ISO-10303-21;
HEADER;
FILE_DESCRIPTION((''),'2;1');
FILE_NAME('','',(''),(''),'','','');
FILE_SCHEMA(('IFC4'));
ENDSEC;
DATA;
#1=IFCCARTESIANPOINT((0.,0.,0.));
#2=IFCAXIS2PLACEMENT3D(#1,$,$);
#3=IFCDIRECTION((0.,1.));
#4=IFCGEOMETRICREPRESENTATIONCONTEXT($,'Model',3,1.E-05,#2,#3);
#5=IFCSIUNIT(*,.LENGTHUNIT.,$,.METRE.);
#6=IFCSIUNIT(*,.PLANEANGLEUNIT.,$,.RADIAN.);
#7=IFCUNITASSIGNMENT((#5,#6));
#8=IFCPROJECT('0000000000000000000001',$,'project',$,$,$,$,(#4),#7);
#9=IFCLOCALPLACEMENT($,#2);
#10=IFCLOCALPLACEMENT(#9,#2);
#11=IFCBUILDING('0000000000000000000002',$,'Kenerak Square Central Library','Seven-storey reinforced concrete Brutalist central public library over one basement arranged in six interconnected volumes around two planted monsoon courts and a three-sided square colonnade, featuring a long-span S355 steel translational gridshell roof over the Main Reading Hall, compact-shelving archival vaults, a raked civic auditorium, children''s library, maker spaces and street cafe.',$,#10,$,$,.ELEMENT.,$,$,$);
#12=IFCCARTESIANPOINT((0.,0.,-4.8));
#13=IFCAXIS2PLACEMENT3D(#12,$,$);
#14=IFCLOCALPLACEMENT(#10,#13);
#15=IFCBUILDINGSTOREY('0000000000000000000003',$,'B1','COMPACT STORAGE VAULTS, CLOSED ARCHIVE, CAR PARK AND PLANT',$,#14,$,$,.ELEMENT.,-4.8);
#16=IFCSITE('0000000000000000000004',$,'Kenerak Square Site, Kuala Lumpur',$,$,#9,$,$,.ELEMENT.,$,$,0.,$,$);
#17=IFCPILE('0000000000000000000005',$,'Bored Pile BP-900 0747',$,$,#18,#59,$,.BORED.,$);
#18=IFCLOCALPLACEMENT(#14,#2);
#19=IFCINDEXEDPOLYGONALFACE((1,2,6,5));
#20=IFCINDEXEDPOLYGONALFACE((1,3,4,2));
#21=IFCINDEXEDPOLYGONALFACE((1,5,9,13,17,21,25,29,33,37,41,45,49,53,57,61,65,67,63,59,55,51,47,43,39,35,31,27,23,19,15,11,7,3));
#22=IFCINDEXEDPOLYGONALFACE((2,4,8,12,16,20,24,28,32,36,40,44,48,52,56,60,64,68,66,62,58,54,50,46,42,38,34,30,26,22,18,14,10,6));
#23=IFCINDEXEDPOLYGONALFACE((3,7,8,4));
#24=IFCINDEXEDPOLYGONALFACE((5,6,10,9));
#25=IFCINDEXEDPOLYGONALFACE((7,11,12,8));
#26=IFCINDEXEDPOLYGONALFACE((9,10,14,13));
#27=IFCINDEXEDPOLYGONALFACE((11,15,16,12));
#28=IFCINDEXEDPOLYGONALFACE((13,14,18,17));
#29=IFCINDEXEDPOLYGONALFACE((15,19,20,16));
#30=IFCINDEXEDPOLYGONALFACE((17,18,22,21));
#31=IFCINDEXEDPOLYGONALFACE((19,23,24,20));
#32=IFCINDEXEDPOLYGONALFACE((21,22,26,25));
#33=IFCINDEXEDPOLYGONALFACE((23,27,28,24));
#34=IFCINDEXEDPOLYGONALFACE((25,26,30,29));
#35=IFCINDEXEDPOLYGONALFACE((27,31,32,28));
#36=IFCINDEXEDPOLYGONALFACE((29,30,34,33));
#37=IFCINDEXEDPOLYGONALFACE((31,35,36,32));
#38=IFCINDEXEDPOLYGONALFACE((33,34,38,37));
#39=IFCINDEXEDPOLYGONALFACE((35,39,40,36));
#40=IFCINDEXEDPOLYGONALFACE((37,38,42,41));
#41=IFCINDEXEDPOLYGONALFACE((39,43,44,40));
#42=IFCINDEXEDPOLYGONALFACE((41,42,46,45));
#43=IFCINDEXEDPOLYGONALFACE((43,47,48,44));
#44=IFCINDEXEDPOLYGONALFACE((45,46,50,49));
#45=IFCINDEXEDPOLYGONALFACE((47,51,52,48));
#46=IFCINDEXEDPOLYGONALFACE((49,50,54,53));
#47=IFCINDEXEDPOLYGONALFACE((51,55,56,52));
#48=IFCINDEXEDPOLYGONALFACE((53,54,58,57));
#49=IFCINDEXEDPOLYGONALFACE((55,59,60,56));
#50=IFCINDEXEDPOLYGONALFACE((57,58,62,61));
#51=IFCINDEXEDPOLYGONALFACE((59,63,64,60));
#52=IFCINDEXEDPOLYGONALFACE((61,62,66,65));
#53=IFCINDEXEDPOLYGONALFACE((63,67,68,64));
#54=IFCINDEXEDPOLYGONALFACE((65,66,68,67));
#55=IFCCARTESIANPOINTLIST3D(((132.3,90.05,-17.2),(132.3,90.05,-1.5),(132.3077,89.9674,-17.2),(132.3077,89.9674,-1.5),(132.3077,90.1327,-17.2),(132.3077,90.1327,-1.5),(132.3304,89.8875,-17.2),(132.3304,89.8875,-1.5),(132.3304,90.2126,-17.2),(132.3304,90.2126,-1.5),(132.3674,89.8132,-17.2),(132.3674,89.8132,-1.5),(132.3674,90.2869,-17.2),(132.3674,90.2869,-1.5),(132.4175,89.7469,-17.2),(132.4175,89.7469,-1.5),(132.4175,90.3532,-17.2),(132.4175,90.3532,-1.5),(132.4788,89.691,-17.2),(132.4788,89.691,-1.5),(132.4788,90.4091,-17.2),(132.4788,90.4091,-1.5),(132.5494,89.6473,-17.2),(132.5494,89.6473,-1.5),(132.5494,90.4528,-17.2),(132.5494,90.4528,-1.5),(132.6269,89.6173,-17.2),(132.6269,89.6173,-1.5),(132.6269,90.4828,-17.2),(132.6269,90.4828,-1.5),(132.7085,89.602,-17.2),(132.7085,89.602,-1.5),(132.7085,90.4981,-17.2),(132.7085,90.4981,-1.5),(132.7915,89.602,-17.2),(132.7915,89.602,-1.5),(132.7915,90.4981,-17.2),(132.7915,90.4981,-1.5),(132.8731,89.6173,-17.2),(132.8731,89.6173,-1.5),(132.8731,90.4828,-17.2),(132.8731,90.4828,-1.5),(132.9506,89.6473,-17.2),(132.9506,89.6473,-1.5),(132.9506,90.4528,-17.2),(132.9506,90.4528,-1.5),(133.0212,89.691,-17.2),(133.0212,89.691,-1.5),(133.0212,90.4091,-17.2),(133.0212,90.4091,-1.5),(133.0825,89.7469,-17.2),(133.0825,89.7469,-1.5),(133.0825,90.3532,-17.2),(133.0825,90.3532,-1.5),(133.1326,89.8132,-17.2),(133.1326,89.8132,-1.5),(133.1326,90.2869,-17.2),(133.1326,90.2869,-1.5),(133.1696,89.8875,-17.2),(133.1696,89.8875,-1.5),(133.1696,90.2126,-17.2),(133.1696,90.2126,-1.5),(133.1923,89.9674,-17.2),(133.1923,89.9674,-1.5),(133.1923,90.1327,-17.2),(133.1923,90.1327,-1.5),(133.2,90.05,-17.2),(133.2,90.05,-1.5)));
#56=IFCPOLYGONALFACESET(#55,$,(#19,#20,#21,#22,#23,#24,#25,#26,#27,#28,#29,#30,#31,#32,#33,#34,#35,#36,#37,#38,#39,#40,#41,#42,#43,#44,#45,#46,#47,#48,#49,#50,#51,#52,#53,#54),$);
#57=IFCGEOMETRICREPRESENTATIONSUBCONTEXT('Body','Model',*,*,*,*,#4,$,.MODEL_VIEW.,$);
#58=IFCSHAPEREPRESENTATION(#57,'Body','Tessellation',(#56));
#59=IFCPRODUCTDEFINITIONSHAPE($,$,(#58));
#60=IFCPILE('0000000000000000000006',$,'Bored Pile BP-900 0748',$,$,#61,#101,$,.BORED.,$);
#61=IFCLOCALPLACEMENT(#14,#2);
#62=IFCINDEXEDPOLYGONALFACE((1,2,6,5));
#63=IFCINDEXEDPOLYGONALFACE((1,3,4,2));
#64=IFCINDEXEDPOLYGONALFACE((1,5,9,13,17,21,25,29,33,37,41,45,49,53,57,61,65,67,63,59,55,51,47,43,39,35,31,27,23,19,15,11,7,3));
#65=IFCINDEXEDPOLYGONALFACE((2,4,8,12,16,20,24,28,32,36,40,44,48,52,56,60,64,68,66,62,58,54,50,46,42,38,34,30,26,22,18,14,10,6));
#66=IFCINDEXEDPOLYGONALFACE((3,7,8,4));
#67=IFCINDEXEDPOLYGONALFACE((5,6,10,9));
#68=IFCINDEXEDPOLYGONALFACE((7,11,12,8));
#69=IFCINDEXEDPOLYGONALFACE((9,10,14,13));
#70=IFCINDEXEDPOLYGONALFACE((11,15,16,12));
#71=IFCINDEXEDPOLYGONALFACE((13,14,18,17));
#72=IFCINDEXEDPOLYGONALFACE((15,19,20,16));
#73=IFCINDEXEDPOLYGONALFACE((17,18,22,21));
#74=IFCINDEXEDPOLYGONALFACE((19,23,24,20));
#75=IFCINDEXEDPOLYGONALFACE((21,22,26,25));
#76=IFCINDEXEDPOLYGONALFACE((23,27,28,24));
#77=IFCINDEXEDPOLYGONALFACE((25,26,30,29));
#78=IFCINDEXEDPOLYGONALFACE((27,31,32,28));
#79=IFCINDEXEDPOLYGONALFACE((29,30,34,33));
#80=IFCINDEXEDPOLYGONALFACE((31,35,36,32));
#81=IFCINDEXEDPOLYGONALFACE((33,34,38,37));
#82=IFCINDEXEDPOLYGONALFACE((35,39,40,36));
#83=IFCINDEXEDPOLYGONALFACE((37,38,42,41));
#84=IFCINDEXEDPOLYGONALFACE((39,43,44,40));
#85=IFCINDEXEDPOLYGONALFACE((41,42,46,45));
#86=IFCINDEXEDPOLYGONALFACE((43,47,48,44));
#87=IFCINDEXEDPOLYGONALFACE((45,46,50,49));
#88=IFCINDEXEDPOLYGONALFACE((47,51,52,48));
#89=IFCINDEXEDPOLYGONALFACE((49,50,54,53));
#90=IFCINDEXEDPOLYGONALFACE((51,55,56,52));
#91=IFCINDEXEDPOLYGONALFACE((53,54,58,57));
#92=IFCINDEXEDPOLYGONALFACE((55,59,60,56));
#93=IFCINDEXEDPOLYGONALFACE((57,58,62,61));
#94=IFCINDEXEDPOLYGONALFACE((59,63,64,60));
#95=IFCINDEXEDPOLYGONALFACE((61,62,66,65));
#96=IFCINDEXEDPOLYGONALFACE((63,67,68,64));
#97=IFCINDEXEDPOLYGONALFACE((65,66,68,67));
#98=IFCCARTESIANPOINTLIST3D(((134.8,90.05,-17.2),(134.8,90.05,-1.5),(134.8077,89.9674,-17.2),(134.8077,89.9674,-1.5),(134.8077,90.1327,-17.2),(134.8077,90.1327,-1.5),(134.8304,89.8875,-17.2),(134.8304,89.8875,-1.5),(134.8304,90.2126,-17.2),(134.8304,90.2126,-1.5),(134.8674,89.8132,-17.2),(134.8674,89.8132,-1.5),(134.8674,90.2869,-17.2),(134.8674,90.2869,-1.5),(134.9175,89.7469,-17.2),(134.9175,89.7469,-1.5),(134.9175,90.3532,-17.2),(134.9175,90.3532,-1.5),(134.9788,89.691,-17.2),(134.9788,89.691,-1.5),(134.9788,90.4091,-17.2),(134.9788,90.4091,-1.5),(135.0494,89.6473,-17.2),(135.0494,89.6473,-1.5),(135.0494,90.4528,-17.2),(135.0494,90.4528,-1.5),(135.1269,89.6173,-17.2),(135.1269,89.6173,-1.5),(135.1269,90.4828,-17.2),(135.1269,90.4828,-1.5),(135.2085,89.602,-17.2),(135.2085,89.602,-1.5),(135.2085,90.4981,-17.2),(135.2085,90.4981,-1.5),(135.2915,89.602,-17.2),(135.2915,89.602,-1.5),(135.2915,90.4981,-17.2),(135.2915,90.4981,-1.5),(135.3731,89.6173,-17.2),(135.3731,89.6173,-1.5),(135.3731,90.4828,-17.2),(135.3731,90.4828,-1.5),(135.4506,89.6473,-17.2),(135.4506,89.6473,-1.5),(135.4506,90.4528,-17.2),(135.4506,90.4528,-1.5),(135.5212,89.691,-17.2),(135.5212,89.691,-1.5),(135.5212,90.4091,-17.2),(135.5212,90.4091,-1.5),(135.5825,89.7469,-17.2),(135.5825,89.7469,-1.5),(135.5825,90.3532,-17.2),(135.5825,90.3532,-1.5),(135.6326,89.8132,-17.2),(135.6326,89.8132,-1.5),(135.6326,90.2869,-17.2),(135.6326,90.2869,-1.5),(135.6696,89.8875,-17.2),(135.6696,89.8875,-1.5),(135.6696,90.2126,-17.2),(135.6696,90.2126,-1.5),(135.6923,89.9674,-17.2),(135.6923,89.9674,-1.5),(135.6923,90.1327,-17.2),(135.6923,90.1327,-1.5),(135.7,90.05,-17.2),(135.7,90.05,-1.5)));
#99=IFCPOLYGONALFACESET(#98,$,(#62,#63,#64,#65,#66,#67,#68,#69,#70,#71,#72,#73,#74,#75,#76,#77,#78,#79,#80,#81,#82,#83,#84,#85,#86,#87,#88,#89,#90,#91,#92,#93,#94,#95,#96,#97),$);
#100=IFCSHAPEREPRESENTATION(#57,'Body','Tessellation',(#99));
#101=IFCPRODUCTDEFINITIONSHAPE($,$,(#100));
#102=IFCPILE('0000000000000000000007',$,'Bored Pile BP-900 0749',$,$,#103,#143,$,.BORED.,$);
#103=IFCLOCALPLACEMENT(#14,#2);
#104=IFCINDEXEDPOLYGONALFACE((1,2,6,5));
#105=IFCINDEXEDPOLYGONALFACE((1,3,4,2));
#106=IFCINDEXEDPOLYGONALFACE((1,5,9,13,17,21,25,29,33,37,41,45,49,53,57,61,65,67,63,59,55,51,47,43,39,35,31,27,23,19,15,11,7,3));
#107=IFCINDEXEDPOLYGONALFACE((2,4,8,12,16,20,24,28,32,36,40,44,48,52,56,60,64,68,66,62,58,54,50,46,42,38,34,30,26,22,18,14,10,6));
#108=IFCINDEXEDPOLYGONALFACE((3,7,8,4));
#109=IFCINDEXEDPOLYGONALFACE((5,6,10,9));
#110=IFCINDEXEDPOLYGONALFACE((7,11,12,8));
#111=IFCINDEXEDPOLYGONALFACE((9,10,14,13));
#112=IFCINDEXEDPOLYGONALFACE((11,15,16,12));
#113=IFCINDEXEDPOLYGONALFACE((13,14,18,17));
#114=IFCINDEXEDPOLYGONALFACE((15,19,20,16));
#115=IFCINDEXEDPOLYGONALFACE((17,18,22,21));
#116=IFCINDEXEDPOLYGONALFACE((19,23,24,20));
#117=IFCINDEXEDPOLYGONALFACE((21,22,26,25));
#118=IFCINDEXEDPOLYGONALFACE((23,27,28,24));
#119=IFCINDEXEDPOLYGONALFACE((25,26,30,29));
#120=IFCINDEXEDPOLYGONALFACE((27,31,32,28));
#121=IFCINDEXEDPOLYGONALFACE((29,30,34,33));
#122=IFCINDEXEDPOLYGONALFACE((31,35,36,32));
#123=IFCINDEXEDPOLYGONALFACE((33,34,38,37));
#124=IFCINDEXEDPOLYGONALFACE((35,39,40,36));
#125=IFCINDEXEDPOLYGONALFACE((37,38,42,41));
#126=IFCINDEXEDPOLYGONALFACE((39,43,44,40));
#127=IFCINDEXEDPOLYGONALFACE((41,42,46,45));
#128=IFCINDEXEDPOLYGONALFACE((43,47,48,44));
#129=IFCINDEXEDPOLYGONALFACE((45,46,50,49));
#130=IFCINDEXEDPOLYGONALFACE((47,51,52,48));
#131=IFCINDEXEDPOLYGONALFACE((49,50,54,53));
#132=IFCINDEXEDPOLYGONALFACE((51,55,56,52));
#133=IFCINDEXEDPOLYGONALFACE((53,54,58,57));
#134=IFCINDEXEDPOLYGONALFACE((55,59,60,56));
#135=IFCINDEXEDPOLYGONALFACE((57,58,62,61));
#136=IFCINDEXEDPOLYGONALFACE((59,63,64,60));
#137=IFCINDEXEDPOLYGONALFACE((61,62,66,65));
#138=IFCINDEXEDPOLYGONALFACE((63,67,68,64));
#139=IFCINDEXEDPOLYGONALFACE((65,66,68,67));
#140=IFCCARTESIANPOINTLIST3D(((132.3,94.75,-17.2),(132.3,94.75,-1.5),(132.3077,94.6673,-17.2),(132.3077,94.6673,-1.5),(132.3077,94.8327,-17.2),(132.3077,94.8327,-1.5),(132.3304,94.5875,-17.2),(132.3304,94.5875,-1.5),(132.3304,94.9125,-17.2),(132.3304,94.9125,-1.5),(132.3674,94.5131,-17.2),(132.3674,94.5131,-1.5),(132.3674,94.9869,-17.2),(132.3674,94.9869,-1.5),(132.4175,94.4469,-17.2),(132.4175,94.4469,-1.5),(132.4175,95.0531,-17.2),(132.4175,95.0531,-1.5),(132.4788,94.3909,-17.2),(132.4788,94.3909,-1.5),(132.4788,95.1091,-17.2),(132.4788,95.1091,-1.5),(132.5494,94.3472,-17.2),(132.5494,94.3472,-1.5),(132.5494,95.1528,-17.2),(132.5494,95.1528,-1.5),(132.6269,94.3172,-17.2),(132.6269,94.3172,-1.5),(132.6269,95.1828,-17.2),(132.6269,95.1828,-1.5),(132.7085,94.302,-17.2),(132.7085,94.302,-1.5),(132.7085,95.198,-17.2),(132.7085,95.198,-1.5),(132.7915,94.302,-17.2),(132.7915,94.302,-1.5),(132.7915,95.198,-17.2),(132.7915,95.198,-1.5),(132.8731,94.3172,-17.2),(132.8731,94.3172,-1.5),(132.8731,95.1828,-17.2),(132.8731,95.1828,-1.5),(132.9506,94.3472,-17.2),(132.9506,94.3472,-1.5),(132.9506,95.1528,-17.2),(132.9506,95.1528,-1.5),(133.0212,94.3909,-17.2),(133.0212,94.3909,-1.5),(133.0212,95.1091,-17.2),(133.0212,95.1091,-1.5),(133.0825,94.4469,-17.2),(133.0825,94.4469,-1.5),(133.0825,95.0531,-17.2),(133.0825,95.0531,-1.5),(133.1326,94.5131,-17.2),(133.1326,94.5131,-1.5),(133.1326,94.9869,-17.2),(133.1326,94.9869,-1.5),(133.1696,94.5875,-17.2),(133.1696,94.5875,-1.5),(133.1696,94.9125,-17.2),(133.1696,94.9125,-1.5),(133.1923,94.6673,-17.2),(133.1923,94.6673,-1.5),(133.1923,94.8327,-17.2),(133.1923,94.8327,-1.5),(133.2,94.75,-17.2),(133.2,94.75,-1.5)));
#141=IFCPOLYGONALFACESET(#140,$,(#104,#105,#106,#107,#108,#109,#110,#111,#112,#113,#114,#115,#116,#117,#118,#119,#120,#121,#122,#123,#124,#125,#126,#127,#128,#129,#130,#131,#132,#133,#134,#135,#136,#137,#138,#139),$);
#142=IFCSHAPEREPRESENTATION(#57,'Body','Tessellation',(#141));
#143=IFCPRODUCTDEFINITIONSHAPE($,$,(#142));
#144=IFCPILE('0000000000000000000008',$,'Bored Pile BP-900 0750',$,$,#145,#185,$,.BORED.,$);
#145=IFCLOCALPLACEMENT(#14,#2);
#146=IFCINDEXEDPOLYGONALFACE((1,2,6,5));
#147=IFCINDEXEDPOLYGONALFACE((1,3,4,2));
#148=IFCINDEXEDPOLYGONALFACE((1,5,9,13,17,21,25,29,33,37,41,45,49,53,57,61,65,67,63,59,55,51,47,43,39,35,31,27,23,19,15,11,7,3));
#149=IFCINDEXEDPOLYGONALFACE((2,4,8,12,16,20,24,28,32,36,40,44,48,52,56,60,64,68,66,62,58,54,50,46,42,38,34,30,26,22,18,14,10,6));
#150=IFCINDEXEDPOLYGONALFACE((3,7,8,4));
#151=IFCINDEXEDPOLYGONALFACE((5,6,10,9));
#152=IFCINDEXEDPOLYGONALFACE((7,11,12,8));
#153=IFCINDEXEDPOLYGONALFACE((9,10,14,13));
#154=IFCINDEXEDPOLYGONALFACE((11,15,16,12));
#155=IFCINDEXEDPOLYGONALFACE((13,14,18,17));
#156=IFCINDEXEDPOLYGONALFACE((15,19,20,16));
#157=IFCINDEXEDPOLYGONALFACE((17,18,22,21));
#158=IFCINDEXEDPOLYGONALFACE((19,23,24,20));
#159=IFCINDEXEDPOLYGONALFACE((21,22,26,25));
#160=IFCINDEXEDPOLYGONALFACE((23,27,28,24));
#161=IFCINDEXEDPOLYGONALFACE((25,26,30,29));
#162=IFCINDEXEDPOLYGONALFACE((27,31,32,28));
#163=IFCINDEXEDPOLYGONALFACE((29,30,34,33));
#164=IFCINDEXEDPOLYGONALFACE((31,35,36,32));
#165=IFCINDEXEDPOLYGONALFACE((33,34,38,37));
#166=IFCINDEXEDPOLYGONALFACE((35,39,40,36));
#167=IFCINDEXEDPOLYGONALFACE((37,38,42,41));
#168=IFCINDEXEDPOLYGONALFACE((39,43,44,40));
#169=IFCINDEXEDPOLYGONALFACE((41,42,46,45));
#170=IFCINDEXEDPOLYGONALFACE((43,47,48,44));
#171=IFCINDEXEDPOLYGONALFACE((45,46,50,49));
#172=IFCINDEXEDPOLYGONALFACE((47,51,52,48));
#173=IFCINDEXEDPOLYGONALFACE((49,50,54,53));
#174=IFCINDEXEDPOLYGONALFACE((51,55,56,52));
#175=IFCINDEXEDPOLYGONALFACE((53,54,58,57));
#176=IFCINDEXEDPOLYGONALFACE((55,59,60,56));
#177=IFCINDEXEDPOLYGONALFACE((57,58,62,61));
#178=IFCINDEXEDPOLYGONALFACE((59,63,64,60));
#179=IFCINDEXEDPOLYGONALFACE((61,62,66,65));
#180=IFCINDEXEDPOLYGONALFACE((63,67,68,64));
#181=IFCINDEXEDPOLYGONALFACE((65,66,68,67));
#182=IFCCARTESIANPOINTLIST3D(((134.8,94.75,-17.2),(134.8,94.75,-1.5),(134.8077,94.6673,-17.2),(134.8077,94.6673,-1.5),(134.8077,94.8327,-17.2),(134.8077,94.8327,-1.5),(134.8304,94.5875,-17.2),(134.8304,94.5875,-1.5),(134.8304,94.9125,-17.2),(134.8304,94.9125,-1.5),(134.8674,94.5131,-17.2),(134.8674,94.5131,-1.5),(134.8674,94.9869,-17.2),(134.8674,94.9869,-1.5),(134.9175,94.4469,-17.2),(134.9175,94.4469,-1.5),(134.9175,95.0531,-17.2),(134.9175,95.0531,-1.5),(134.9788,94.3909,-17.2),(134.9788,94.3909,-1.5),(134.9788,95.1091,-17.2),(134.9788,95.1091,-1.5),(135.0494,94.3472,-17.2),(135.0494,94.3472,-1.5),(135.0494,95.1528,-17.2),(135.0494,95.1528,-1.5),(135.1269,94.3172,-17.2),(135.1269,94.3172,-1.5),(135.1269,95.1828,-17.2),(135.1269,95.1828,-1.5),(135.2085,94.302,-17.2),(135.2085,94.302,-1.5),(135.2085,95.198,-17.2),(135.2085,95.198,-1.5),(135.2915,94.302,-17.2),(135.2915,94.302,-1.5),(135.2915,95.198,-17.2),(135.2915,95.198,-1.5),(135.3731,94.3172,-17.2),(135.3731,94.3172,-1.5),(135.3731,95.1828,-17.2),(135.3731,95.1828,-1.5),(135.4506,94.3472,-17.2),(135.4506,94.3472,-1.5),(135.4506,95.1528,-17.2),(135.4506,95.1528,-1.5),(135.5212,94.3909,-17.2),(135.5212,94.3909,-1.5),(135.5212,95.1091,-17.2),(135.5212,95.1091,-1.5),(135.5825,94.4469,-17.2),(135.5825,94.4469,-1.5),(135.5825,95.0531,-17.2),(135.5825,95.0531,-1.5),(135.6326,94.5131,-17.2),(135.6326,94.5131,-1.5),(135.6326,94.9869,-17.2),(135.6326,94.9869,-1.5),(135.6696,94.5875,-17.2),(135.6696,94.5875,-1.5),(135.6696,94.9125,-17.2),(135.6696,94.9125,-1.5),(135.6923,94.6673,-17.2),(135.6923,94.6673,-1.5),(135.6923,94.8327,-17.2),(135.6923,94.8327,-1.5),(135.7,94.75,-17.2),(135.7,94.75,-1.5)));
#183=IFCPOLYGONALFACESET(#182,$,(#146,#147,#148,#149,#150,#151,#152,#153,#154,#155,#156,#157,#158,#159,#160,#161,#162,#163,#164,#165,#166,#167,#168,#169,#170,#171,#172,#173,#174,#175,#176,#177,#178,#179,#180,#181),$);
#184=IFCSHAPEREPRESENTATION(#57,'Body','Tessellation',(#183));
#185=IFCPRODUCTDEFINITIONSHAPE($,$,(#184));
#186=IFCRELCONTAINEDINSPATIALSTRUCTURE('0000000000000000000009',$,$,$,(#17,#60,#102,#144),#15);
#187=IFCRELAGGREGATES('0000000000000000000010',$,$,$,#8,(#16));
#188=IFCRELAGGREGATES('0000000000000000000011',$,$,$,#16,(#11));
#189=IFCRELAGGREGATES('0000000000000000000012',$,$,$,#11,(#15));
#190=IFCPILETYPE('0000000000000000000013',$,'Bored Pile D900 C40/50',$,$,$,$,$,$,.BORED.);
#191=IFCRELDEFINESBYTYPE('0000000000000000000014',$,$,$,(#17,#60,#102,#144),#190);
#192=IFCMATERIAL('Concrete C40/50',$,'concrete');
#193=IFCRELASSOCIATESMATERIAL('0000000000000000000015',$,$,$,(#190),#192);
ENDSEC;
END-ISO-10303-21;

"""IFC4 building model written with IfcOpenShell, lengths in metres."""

from ifc_helpers import new_model, si_unit, direction, frame, origin, origin_2d, place, context, subcontext, project, spatial, circle, extrude, material, material_profile, profile_set, type_object, element, save


model = new_model("IFC4")

# Units and contexts
model_context = context("Model", 3, precision=1e-05, world=origin(), true_north=direction((0.0, 1.0)))
body_context = subcontext(model_context, "Body", "Model", "MODEL_VIEW")
ifc_project = project(units=[si_unit("LENGTHUNIT", "METRE"), si_unit("PLANEANGLEUNIT", "RADIAN")], contexts=[model_context])

# Site, building, storey
site_placement = place(None, origin())
site = spatial("IfcSite", under=ifc_project, at=site_placement, Name="Kenerak Square Site, Kuala Lumpur", CompositionType="ELEMENT", RefElevation=0.0)
building_placement = place(site_placement, origin())
building = spatial("IfcBuilding", under=site, at=building_placement, Name="Kenerak Square Central Library", Description="Seven-storey reinforced concrete Brutalist central public library over one basement arranged in six interconnected volumes around two planted monsoon courts and a three-sided square colonnade, featuring a long-span S355 steel translational gridshell roof over the Main Reading Hall, compact-shelving archival vaults, a raked civic auditorium, children's library, maker spaces and street cafe.", CompositionType="ELEMENT")
storey_placement = place(building_placement, frame((0.0, 0.0, -4.8)))
storey = spatial("IfcBuildingStorey", under=building, at=storey_placement, Name="B1", Description="COMPACT STORAGE VAULTS, CLOSED ARCHIVE, CAR PARK AND PLANT", CompositionType="ELEMENT", Elevation=-4.8)

# Piles
ifc_material_1 = material(Name="Concrete C40/50", Category="concrete")
ifc_material_profile_1 = material_profile(ifc_material_1, circle(Radius=0.45, at=origin_2d()), Name="BP D900")
ifc_profile_set_1 = profile_set([ifc_material_profile_1], Name="Concrete C40/50")
pile_type_1 = type_object("IfcPileType", Name="Bored Pile D900 C40/50", PredefinedType="BORED", material=ifc_profile_set_1)
for number, where, z_axis, x_axis, name in (
    (1, (132.75, 90.05, -1.5), (0.0, 0.0, -1.0), (1.0, 0.0, 0.0), "Bored Pile BP-900 0747"),
    (2, (135.25, 90.05, -1.5), (0.0, 0.0, -1.0), (1.0, 0.0, 0.0), "Bored Pile BP-900 0748"),
    (3, (132.75, 94.75, -1.5), (0.0, 0.0, -1.0), (1.0, 0.0, 0.0), "Bored Pile BP-900 0749"),
    (4, (135.25, 94.75, -1.5), (0.0, 0.0, -1.0), (1.0, 0.0, 0.0), "Bored Pile BP-900 0750"),
):
    element("IfcPile", number, at=place(storey_placement, frame(where, z_axis=z_axis, x_axis=x_axis)), inside=storey, type_object=pile_type_1, Name=name, PredefinedType="BORED", context=body_context, shape_type="SweptSolid", body=[
        extrude(circle(Radius=0.45, at=origin_2d()), origin(), (0.0, 0.0, 1.0), 15.7),
    ])

save(model, "model.ifc")
